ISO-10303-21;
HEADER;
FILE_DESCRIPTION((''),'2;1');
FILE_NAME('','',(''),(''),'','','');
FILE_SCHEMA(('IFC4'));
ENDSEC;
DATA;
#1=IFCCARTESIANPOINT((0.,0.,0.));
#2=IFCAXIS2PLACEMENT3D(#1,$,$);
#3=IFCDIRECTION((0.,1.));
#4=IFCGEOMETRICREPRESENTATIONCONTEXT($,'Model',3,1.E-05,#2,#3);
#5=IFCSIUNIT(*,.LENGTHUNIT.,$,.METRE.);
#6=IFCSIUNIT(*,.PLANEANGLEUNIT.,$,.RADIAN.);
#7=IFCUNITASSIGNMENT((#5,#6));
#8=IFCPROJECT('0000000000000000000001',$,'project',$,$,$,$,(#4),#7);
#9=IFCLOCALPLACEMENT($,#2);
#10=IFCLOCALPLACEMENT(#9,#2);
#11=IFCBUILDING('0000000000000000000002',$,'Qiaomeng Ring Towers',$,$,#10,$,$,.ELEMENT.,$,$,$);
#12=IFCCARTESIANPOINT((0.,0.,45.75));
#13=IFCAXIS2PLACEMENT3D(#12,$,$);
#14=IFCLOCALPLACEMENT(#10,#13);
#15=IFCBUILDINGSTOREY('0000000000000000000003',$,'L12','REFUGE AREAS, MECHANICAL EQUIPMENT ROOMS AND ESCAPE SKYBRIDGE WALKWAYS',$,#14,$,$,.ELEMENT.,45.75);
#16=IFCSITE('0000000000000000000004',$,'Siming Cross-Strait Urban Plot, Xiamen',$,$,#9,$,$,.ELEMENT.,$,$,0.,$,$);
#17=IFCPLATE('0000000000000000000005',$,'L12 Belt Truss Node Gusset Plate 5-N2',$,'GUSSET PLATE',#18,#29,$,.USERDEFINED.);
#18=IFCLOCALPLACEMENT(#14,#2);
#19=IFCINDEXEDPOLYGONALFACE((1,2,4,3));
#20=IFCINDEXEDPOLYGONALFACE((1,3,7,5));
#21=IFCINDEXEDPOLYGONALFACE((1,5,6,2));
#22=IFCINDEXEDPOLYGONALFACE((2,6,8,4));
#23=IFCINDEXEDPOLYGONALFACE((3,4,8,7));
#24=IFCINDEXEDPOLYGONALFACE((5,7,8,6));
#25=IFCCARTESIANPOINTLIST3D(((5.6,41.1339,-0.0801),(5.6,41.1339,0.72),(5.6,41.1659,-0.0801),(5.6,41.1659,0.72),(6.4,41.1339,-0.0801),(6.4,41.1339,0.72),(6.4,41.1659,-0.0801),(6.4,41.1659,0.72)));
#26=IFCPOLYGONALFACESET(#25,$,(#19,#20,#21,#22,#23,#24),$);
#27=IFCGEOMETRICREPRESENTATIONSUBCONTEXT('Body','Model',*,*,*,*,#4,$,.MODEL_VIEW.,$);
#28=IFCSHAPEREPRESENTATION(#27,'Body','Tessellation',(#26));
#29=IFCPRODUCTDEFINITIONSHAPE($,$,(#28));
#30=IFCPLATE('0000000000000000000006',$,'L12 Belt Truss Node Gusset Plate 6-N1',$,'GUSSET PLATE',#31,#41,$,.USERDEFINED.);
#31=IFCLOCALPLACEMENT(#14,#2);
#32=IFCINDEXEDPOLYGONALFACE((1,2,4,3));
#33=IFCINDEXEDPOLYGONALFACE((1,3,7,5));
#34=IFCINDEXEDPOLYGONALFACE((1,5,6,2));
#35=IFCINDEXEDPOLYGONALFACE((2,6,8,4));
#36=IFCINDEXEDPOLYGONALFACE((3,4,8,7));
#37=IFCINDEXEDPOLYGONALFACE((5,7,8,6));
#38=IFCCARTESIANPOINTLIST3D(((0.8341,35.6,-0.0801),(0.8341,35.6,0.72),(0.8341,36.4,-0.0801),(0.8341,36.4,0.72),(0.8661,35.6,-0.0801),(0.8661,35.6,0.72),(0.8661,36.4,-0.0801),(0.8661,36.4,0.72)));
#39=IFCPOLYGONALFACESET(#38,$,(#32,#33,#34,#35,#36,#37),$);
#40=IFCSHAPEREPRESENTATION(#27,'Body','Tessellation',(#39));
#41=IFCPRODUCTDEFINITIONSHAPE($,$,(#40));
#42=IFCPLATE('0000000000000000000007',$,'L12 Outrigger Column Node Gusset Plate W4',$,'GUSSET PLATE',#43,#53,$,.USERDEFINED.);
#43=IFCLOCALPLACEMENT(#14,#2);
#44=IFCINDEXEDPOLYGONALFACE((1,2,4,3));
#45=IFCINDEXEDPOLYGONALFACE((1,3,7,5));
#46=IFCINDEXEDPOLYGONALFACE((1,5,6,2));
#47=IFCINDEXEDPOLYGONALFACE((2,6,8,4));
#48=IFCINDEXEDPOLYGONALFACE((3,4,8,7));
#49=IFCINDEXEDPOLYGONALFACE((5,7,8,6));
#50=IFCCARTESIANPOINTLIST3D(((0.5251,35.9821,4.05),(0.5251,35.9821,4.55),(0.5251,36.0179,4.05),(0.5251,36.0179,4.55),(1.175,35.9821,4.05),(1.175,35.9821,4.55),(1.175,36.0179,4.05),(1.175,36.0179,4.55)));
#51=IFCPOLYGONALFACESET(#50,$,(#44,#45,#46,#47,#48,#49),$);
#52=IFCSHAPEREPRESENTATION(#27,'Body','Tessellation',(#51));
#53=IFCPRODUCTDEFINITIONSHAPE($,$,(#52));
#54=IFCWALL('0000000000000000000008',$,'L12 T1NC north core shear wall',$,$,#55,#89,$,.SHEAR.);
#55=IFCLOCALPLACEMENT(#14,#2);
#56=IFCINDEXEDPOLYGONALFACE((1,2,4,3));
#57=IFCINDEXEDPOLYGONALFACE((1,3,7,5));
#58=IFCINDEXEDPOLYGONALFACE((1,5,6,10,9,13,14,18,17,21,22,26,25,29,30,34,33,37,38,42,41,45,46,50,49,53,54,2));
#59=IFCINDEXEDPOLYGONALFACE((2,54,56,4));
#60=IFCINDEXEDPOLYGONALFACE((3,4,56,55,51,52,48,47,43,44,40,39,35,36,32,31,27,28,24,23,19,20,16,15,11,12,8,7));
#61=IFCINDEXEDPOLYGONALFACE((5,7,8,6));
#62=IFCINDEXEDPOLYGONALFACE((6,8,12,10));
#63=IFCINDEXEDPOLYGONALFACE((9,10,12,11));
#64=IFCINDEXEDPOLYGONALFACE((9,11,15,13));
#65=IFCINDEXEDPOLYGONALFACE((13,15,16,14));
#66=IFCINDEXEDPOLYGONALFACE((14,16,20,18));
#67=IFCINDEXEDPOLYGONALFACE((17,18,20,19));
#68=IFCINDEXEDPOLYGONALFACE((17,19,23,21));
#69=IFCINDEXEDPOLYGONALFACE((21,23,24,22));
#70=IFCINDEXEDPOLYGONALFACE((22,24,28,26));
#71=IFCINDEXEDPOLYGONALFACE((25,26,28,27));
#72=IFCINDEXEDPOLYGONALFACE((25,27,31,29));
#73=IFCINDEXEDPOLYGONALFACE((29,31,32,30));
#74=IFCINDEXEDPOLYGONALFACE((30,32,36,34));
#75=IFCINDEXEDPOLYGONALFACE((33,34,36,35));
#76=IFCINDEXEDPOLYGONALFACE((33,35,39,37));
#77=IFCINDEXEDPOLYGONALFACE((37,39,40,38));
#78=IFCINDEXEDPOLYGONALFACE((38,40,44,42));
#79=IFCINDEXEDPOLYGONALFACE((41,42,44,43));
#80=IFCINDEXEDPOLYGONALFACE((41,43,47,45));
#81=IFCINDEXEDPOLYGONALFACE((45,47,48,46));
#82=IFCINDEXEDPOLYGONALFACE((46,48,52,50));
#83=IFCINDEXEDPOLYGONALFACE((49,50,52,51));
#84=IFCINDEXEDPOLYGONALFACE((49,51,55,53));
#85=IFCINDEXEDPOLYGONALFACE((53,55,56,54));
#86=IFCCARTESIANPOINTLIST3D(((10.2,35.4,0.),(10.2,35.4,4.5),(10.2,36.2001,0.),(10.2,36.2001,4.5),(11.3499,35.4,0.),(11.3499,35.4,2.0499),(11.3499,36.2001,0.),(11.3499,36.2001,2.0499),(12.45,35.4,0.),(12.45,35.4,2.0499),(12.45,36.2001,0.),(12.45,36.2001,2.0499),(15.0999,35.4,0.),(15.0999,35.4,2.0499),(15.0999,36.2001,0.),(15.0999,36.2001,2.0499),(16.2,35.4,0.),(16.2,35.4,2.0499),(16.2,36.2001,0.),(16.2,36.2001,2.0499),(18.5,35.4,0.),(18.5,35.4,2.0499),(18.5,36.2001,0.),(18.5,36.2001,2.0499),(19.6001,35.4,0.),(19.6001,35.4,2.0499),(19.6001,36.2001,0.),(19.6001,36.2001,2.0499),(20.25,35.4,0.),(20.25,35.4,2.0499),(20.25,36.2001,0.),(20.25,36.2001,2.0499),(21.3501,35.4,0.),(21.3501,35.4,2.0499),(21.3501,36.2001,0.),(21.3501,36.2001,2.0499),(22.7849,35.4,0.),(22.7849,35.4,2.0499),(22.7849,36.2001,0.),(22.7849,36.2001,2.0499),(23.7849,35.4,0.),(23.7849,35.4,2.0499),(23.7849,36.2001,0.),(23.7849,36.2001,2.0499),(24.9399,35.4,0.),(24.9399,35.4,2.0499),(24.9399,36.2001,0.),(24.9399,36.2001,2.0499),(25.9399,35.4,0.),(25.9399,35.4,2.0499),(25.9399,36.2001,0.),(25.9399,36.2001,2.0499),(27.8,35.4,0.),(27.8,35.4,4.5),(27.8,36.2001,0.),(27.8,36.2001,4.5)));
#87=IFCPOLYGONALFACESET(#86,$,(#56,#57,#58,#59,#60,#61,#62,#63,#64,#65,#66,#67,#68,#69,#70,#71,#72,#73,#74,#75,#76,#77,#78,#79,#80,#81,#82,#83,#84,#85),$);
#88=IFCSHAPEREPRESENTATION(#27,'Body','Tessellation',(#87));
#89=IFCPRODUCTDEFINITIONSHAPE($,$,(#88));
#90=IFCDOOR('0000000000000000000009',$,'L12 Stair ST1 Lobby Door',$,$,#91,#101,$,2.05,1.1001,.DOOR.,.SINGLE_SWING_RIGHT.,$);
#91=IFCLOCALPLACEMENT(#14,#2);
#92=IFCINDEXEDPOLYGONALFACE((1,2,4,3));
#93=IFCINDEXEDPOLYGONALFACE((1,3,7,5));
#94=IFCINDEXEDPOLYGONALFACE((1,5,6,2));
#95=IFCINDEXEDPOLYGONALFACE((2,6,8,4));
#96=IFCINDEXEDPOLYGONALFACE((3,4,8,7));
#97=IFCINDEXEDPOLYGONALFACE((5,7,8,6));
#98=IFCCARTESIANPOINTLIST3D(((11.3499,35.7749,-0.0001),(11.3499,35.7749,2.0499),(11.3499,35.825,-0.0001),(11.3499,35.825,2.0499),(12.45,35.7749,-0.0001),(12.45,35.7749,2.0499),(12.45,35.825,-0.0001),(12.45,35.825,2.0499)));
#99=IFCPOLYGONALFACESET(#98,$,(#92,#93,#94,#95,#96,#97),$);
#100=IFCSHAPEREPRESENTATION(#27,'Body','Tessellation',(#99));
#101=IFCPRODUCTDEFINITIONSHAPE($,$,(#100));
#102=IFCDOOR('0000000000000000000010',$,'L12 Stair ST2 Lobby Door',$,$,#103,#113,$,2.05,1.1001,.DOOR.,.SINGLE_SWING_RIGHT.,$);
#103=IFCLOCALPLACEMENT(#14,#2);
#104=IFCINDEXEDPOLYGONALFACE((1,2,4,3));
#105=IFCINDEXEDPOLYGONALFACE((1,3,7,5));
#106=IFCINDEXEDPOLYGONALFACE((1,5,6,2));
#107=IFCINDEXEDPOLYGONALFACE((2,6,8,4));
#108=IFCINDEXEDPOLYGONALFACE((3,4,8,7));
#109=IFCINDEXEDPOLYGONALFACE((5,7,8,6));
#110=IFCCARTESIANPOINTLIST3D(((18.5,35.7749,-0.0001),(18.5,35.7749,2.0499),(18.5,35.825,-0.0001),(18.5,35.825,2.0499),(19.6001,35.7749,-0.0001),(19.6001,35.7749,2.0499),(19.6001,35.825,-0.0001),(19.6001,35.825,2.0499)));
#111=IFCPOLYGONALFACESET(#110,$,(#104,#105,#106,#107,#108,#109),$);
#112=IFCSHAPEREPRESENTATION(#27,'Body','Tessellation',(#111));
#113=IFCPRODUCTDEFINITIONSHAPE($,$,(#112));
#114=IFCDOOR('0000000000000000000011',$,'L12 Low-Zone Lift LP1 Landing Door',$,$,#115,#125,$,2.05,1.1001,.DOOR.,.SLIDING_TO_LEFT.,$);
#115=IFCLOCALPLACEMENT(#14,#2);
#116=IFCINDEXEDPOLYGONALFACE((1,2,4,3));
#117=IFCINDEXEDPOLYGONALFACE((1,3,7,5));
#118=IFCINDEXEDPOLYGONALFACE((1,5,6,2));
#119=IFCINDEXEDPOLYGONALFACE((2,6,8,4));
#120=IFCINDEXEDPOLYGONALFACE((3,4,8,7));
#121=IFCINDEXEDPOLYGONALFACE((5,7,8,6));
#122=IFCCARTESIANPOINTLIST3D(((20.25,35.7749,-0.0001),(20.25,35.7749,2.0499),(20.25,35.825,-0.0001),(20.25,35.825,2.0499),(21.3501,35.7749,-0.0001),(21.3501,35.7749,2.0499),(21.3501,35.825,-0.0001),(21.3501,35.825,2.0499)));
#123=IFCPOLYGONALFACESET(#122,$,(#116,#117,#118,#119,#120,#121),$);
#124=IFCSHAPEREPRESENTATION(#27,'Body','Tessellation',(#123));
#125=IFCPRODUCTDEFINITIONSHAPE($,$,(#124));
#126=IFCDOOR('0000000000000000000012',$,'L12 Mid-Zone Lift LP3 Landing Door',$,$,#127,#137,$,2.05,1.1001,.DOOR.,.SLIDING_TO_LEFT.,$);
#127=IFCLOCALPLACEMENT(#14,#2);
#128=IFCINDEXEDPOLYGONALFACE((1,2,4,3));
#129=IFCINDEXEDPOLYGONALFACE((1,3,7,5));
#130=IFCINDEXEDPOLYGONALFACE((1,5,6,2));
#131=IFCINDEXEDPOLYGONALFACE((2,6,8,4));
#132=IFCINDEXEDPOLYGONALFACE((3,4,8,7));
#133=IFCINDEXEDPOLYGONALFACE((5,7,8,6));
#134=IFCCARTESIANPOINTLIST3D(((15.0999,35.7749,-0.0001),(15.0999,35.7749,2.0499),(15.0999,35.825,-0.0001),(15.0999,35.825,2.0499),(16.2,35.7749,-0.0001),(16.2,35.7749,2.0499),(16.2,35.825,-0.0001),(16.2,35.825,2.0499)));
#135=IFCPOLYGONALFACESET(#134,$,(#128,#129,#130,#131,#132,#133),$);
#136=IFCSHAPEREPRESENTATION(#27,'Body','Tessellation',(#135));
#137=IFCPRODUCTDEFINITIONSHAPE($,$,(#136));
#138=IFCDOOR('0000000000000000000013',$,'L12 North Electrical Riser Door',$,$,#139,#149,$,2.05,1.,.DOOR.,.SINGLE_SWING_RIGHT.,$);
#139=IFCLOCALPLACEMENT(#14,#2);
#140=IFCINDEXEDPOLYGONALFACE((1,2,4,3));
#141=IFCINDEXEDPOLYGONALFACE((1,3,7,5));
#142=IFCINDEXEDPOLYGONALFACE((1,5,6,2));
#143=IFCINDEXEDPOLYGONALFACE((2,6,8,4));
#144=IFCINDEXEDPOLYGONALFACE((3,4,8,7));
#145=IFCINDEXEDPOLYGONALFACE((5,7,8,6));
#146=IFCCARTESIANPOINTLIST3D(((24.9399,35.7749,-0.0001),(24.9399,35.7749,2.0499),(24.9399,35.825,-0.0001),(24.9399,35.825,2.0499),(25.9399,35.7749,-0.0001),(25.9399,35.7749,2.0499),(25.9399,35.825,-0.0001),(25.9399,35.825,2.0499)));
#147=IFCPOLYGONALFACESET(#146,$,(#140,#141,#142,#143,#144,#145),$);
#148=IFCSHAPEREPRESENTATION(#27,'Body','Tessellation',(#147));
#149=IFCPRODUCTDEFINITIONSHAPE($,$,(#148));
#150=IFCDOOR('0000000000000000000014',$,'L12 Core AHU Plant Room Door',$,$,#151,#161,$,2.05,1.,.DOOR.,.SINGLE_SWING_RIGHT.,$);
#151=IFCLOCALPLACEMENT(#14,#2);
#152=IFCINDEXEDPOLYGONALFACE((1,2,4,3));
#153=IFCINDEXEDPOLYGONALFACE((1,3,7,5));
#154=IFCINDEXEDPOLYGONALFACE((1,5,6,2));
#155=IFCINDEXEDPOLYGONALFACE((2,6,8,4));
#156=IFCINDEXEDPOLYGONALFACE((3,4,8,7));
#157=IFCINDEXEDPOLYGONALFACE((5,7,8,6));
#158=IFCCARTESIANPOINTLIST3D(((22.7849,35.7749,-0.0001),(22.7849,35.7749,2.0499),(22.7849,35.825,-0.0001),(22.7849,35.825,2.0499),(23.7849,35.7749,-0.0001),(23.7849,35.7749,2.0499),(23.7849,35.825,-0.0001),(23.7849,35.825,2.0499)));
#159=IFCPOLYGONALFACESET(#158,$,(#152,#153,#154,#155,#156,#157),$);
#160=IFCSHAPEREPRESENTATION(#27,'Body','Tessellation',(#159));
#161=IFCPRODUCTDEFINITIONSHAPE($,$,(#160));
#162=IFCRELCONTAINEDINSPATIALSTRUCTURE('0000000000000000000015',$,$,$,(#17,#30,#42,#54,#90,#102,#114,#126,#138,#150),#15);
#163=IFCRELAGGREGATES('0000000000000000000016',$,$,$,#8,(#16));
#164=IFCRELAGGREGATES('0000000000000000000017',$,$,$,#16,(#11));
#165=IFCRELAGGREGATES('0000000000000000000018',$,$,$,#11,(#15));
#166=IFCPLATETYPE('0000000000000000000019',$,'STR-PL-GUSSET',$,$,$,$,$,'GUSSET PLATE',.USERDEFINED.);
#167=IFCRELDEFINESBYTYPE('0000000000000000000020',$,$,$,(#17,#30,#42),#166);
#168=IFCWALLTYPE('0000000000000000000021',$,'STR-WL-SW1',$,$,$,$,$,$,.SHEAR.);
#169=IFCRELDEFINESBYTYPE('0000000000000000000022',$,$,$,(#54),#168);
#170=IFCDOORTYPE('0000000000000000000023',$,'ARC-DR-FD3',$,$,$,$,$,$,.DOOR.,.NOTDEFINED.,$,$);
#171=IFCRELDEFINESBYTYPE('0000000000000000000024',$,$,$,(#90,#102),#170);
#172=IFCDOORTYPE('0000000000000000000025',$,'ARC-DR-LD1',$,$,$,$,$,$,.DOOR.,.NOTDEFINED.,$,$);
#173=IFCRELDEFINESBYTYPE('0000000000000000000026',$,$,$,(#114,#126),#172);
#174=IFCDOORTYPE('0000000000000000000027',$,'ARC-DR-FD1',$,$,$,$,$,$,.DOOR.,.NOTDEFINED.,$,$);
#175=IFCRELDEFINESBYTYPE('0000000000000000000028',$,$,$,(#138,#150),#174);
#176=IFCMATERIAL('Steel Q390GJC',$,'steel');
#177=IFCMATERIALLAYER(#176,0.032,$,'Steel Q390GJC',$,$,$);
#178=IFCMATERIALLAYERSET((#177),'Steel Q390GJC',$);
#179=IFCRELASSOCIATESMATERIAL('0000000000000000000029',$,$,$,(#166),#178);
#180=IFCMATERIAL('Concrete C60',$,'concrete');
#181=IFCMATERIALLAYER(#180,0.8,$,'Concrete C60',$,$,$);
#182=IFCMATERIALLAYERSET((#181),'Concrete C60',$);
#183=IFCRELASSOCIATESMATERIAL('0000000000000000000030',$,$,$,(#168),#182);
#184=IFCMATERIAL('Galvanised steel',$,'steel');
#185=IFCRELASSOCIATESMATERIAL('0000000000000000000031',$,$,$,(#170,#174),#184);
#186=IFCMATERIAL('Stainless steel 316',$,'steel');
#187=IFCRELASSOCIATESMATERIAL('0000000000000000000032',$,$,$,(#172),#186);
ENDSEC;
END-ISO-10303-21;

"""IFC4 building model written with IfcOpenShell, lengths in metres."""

from ifc_helpers import new_model, si_unit, direction, frame, frame_2d, origin, origin_2d, place, context, subcontext, project, spatial, rectangle, extrude, source, transform, mapped, material, layer, layer_set, type_object, element, fill, save


model = new_model("IFC4")

# Units and contexts
model_context = context("Model", 3, precision=1e-05, world=origin(), true_north=direction((0.0, 1.0)))
body_context = subcontext(model_context, "Body", "Model", "MODEL_VIEW")
ifc_project = project(units=[si_unit("LENGTHUNIT", "METRE"), si_unit("PLANEANGLEUNIT", "RADIAN")], contexts=[model_context])

# Site, building, storey
site_placement = place(None, origin())
site = spatial("IfcSite", under=ifc_project, at=site_placement, Name="Siming Cross-Strait Urban Plot, Xiamen", CompositionType="ELEMENT", RefElevation=0.0)
building_placement = place(site_placement, origin())
building = spatial("IfcBuilding", under=site, at=building_placement, Name="Qiaomeng Ring Towers", CompositionType="ELEMENT")
storey_placement = place(building_placement, frame((0.0, 0.0, 45.75)))
storey = spatial("IfcBuildingStorey", under=building, at=storey_placement, Name="L12", Description="REFUGE AREAS, MECHANICAL EQUIPMENT ROOMS AND ESCAPE SKYBRIDGE WALKWAYS", CompositionType="ELEMENT", Elevation=45.75)

# Shared definitions
ifc_material_1 = material(Name="Concrete C60", Category="concrete")

# Shared definitions
ifc_material_2 = material(Name="Steel Q390GJC", Category="steel")

# Plates
ifc_layer_1 = layer(ifc_material_2, 0.032, Name="Steel Q390GJC")
ifc_layer_set_1 = layer_set([ifc_layer_1], Name="Steel Q390GJC")
plate_type = type_object("IfcPlateType", Name="STR-PL-GUSSET", ElementType="GUSSET PLATE", PredefinedType="USERDEFINED", material=ifc_layer_set_1)
shared_shape_1 = source(origin(), body_context, "Body", "SweptSolid", [
    extrude(rectangle(XDim=0.8, YDim=0.032, at=origin_2d()), origin(), (0.0, 0.0, 1.0), 0.8),
])
for number, where, z_axis, x_axis, name in (
    (1, (6.0, 41.1499, -0.0801), (0.0, 0.0, 1.0), (-1.0, 0.0, 0.0), "L12 Belt Truss Node Gusset Plate 5-N2"),
    (2, (0.8501, 36.0, -0.0801), (0.0, 0.0, 1.0), (0.0, -1.0, 0.0), "L12 Belt Truss Node Gusset Plate 6-N1"),
):
    element("IfcPlate", number, at=place(storey_placement, frame(where, z_axis=z_axis, x_axis=x_axis)), inside=storey, type_object=plate_type, Name=name, ObjectType="GUSSET PLATE", PredefinedType="USERDEFINED", context=body_context, shape_type="MappedRepresentation", body=[
        mapped(shared_shape_1, transform((0.0, 0.0, 0.0), x_axis=(1.0, 0.0, 0.0), y_axis=(0.0, 1.0, 0.0), z_axis=(0.0, 0.0, 1.0), scale=1.0)),
    ])
shared_shape_2 = source(origin(), body_context, "Body", "SweptSolid", [
    extrude(rectangle(XDim=0.6499, YDim=0.0359, at=origin_2d()), origin(), (0.0, 0.0, 1.0), 0.5),
])
plate_placement = place(storey_placement, frame((0.8501, 36.0, 4.05), z_axis=(0.0, 0.0, 1.0), x_axis=(1.0, 0.0, 0.0)))
element("IfcPlate", 3, at=plate_placement, inside=storey, type_object=plate_type, Name="L12 Outrigger Column Node Gusset Plate W4", ObjectType="GUSSET PLATE", PredefinedType="USERDEFINED", context=body_context, shape_type="MappedRepresentation", body=[
    mapped(shared_shape_2, transform((0.0, 0.0, 0.0), x_axis=(1.0, 0.0, 0.0), y_axis=(0.0, 1.0, 0.0), z_axis=(0.0, 0.0, 1.0), scale=1.0)),
])

# Wall, openings, doors
ifc_layer_2 = layer(ifc_material_1, 0.8, Name="Concrete C60")
ifc_layer_set_2 = layer_set([ifc_layer_2], Name="Concrete C60")
wall_type = type_object("IfcWallType", Name="STR-WL-SW1", PredefinedType="SHEAR", material=ifc_layer_set_2)
wall_placement = place(storey_placement, frame((10.2, 35.8, 0.0), z_axis=(0.0, 0.0, 1.0), x_axis=(1.0, 0.0, 0.0)))
wall = element("IfcWall", 4, at=wall_placement, inside=storey, type_object=wall_type, Name="L12 T1NC north core shear wall", PredefinedType="SHEAR", context=body_context, shape_type="SweptSolid", body=[
    extrude(rectangle(XDim=17.6001, YDim=0.8, at=frame_2d((8.8, 0.0))), origin(), (0.0, 0.0, 1.0), 4.5),
])
opening_1_placement = place(wall_placement, frame((1.1499, 0.0, 0.0)))
opening_1 = element("IfcOpeningElement", 5, at=opening_1_placement, cuts=wall, PredefinedType="OPENING", context=body_context, shape_type="SweptSolid", body=[
    extrude(rectangle(XDim=1.1001, YDim=2.05, at=frame_2d((0.55, 1.0249))), frame((0.0, 0.4099, 0.0), z_axis=(0.0, -1.0, 0.0), x_axis=(1.0, 0.0, 0.0)), (0.0, 0.0, 1.0), 0.8201),
])
opening_2_placement = place(wall_placement, frame((8.3, 0.0, 0.0)))
opening_2 = element("IfcOpeningElement", 6, at=opening_2_placement, cuts=wall, PredefinedType="OPENING", context=body_context, shape_type="SweptSolid", body=[
    extrude(rectangle(XDim=1.1001, YDim=2.05, at=frame_2d((0.55, 1.0249))), frame((0.0, 0.4099, 0.0), z_axis=(0.0, -1.0, 0.0), x_axis=(1.0, 0.0, 0.0)), (0.0, 0.0, 1.0), 0.8201),
])
opening_3_placement = place(wall_placement, frame((10.05, 0.0, 0.0)))
opening_3 = element("IfcOpeningElement", 7, at=opening_3_placement, cuts=wall, PredefinedType="OPENING", context=body_context, shape_type="SweptSolid", body=[
    extrude(rectangle(XDim=1.1001, YDim=2.05, at=frame_2d((0.55, 1.0249))), frame((0.0, 0.4099, 0.0), z_axis=(0.0, -1.0, 0.0), x_axis=(1.0, 0.0, 0.0)), (0.0, 0.0, 1.0), 0.8201),
])
opening_4_placement = place(wall_placement, frame((4.8999, 0.0, 0.0)))
opening_4 = element("IfcOpeningElement", 8, at=opening_4_placement, cuts=wall, PredefinedType="OPENING", context=body_context, shape_type="SweptSolid", body=[
    extrude(rectangle(XDim=1.1001, YDim=2.05, at=frame_2d((0.55, 1.0249))), frame((0.0, 0.4099, 0.0), z_axis=(0.0, -1.0, 0.0), x_axis=(1.0, 0.0, 0.0)), (0.0, 0.0, 1.0), 0.8201),
])
opening_5_placement = place(wall_placement, frame((14.74, 0.0, 0.0)))
opening_5 = element("IfcOpeningElement", 9, at=opening_5_placement, cuts=wall, PredefinedType="OPENING", context=body_context, shape_type="SweptSolid", body=[
    extrude(rectangle(XDim=1.0, YDim=2.05, at=frame_2d((0.5, 1.0249))), frame((0.0, 0.4099, 0.0), z_axis=(0.0, -1.0, 0.0), x_axis=(1.0, 0.0, 0.0)), (0.0, 0.0, 1.0), 0.8201),
])
opening_6_placement = place(wall_placement, frame((12.585, 0.0, 0.0)))
opening_6 = element("IfcOpeningElement", 10, at=opening_6_placement, cuts=wall, PredefinedType="OPENING", context=body_context, shape_type="SweptSolid", body=[
    extrude(rectangle(XDim=1.0, YDim=2.05, at=frame_2d((0.5, 1.0249))), frame((0.0, 0.4099, 0.0), z_axis=(0.0, -1.0, 0.0), x_axis=(1.0, 0.0, 0.0)), (0.0, 0.0, 1.0), 0.8201),
])
ifc_material_3 = material(Name="Galvanised steel", Category="steel")
door_type_1 = type_object("IfcDoorType", Name="ARC-DR-FD3", OperationType="NOTDEFINED", PredefinedType="DOOR", material=ifc_material_3)
shared_shape_3 = source(origin(), body_context, "Body", "SweptSolid", [
    extrude(rectangle(XDim=1.1001, YDim=2.05, at=frame_2d((0.55, 1.0249))), frame((0.0, 0.0249, 0.0), z_axis=(0.0, -1.0, 0.0), x_axis=(1.0, 0.0, 0.0)), (0.0, 0.0, 1.0), 0.05),
])
door_1_placement = place(opening_1_placement, origin())
door_1 = element("IfcDoor", 11, at=door_1_placement, inside=storey, type_object=door_type_1, Name="L12 Stair ST1 Lobby Door", OperationType="SINGLE_SWING_RIGHT", OverallHeight=2.05, OverallWidth=1.1001, PredefinedType="DOOR", context=body_context, shape_type="MappedRepresentation", body=[
    mapped(shared_shape_3, transform((0.0, 0.0, 0.0), x_axis=(1.0, 0.0, 0.0), y_axis=(0.0, 1.0, 0.0), z_axis=(0.0, 0.0, 1.0), scale=1.0)),
])
fill(opening_1, door_1)
door_2_placement = place(opening_2_placement, origin())
door_2 = element("IfcDoor", 12, at=door_2_placement, inside=storey, type_object=door_type_1, Name="L12 Stair ST2 Lobby Door", OperationType="SINGLE_SWING_RIGHT", OverallHeight=2.05, OverallWidth=1.1001, PredefinedType="DOOR", context=body_context, shape_type="MappedRepresentation", body=[
    mapped(shared_shape_3, transform((0.0, 0.0, 0.0), x_axis=(1.0, 0.0, 0.0), y_axis=(0.0, 1.0, 0.0), z_axis=(0.0, 0.0, 1.0), scale=1.0)),
])
fill(opening_2, door_2)
ifc_material_4 = material(Name="Stainless steel 316", Category="steel")
door_type_2 = type_object("IfcDoorType", Name="ARC-DR-LD1", OperationType="NOTDEFINED", PredefinedType="DOOR", material=ifc_material_4)
door_3_placement = place(opening_3_placement, origin())
door_3 = element("IfcDoor", 13, at=door_3_placement, inside=storey, type_object=door_type_2, Name="L12 Low-Zone Lift LP1 Landing Door", OperationType="SLIDING_TO_LEFT", OverallHeight=2.05, OverallWidth=1.1001, PredefinedType="DOOR", context=body_context, shape_type="MappedRepresentation", body=[
    mapped(shared_shape_3, transform((0.0, 0.0, 0.0), x_axis=(1.0, 0.0, 0.0), y_axis=(0.0, 1.0, 0.0), z_axis=(0.0, 0.0, 1.0), scale=1.0)),
])
fill(opening_3, door_3)
door_4_placement = place(opening_4_placement, origin())
door_4 = element("IfcDoor", 14, at=door_4_placement, inside=storey, type_object=door_type_2, Name="L12 Mid-Zone Lift LP3 Landing Door", OperationType="SLIDING_TO_LEFT", OverallHeight=2.05, OverallWidth=1.1001, PredefinedType="DOOR", context=body_context, shape_type="MappedRepresentation", body=[
    mapped(shared_shape_3, transform((0.0, 0.0, 0.0), x_axis=(1.0, 0.0, 0.0), y_axis=(0.0, 1.0, 0.0), z_axis=(0.0, 0.0, 1.0), scale=1.0)),
])
fill(opening_4, door_4)
door_type_3 = type_object("IfcDoorType", Name="ARC-DR-FD1", OperationType="NOTDEFINED", PredefinedType="DOOR", material=ifc_material_3)
shared_shape_4 = source(origin(), body_context, "Body", "SweptSolid", [
    extrude(rectangle(XDim=1.0, YDim=2.05, at=frame_2d((0.5, 1.0249))), frame((0.0, 0.0249, 0.0), z_axis=(0.0, -1.0, 0.0), x_axis=(1.0, 0.0, 0.0)), (0.0, 0.0, 1.0), 0.05),
])
door_5_placement = place(opening_5_placement, origin())
door_5 = element("IfcDoor", 15, at=door_5_placement, inside=storey, type_object=door_type_3, Name="L12 North Electrical Riser Door", OperationType="SINGLE_SWING_RIGHT", OverallHeight=2.05, OverallWidth=1.0, PredefinedType="DOOR", context=body_context, shape_type="MappedRepresentation", body=[
    mapped(shared_shape_4, transform((0.0, 0.0, 0.0), x_axis=(1.0, 0.0, 0.0), y_axis=(0.0, 1.0, 0.0), z_axis=(0.0, 0.0, 1.0), scale=1.0)),
])
fill(opening_5, door_5)
door_6_placement = place(opening_6_placement, origin())
door_6 = element("IfcDoor", 16, at=door_6_placement, inside=storey, type_object=door_type_3, Name="L12 Core AHU Plant Room Door", OperationType="SINGLE_SWING_RIGHT", OverallHeight=2.05, OverallWidth=1.0, PredefinedType="DOOR", context=body_context, shape_type="MappedRepresentation", body=[
    mapped(shared_shape_4, transform((0.0, 0.0, 0.0), x_axis=(1.0, 0.0, 0.0), y_axis=(0.0, 1.0, 0.0), z_axis=(0.0, 0.0, 1.0), scale=1.0)),
])
fill(opening_6, door_6)

save(model, "model.ifc")
